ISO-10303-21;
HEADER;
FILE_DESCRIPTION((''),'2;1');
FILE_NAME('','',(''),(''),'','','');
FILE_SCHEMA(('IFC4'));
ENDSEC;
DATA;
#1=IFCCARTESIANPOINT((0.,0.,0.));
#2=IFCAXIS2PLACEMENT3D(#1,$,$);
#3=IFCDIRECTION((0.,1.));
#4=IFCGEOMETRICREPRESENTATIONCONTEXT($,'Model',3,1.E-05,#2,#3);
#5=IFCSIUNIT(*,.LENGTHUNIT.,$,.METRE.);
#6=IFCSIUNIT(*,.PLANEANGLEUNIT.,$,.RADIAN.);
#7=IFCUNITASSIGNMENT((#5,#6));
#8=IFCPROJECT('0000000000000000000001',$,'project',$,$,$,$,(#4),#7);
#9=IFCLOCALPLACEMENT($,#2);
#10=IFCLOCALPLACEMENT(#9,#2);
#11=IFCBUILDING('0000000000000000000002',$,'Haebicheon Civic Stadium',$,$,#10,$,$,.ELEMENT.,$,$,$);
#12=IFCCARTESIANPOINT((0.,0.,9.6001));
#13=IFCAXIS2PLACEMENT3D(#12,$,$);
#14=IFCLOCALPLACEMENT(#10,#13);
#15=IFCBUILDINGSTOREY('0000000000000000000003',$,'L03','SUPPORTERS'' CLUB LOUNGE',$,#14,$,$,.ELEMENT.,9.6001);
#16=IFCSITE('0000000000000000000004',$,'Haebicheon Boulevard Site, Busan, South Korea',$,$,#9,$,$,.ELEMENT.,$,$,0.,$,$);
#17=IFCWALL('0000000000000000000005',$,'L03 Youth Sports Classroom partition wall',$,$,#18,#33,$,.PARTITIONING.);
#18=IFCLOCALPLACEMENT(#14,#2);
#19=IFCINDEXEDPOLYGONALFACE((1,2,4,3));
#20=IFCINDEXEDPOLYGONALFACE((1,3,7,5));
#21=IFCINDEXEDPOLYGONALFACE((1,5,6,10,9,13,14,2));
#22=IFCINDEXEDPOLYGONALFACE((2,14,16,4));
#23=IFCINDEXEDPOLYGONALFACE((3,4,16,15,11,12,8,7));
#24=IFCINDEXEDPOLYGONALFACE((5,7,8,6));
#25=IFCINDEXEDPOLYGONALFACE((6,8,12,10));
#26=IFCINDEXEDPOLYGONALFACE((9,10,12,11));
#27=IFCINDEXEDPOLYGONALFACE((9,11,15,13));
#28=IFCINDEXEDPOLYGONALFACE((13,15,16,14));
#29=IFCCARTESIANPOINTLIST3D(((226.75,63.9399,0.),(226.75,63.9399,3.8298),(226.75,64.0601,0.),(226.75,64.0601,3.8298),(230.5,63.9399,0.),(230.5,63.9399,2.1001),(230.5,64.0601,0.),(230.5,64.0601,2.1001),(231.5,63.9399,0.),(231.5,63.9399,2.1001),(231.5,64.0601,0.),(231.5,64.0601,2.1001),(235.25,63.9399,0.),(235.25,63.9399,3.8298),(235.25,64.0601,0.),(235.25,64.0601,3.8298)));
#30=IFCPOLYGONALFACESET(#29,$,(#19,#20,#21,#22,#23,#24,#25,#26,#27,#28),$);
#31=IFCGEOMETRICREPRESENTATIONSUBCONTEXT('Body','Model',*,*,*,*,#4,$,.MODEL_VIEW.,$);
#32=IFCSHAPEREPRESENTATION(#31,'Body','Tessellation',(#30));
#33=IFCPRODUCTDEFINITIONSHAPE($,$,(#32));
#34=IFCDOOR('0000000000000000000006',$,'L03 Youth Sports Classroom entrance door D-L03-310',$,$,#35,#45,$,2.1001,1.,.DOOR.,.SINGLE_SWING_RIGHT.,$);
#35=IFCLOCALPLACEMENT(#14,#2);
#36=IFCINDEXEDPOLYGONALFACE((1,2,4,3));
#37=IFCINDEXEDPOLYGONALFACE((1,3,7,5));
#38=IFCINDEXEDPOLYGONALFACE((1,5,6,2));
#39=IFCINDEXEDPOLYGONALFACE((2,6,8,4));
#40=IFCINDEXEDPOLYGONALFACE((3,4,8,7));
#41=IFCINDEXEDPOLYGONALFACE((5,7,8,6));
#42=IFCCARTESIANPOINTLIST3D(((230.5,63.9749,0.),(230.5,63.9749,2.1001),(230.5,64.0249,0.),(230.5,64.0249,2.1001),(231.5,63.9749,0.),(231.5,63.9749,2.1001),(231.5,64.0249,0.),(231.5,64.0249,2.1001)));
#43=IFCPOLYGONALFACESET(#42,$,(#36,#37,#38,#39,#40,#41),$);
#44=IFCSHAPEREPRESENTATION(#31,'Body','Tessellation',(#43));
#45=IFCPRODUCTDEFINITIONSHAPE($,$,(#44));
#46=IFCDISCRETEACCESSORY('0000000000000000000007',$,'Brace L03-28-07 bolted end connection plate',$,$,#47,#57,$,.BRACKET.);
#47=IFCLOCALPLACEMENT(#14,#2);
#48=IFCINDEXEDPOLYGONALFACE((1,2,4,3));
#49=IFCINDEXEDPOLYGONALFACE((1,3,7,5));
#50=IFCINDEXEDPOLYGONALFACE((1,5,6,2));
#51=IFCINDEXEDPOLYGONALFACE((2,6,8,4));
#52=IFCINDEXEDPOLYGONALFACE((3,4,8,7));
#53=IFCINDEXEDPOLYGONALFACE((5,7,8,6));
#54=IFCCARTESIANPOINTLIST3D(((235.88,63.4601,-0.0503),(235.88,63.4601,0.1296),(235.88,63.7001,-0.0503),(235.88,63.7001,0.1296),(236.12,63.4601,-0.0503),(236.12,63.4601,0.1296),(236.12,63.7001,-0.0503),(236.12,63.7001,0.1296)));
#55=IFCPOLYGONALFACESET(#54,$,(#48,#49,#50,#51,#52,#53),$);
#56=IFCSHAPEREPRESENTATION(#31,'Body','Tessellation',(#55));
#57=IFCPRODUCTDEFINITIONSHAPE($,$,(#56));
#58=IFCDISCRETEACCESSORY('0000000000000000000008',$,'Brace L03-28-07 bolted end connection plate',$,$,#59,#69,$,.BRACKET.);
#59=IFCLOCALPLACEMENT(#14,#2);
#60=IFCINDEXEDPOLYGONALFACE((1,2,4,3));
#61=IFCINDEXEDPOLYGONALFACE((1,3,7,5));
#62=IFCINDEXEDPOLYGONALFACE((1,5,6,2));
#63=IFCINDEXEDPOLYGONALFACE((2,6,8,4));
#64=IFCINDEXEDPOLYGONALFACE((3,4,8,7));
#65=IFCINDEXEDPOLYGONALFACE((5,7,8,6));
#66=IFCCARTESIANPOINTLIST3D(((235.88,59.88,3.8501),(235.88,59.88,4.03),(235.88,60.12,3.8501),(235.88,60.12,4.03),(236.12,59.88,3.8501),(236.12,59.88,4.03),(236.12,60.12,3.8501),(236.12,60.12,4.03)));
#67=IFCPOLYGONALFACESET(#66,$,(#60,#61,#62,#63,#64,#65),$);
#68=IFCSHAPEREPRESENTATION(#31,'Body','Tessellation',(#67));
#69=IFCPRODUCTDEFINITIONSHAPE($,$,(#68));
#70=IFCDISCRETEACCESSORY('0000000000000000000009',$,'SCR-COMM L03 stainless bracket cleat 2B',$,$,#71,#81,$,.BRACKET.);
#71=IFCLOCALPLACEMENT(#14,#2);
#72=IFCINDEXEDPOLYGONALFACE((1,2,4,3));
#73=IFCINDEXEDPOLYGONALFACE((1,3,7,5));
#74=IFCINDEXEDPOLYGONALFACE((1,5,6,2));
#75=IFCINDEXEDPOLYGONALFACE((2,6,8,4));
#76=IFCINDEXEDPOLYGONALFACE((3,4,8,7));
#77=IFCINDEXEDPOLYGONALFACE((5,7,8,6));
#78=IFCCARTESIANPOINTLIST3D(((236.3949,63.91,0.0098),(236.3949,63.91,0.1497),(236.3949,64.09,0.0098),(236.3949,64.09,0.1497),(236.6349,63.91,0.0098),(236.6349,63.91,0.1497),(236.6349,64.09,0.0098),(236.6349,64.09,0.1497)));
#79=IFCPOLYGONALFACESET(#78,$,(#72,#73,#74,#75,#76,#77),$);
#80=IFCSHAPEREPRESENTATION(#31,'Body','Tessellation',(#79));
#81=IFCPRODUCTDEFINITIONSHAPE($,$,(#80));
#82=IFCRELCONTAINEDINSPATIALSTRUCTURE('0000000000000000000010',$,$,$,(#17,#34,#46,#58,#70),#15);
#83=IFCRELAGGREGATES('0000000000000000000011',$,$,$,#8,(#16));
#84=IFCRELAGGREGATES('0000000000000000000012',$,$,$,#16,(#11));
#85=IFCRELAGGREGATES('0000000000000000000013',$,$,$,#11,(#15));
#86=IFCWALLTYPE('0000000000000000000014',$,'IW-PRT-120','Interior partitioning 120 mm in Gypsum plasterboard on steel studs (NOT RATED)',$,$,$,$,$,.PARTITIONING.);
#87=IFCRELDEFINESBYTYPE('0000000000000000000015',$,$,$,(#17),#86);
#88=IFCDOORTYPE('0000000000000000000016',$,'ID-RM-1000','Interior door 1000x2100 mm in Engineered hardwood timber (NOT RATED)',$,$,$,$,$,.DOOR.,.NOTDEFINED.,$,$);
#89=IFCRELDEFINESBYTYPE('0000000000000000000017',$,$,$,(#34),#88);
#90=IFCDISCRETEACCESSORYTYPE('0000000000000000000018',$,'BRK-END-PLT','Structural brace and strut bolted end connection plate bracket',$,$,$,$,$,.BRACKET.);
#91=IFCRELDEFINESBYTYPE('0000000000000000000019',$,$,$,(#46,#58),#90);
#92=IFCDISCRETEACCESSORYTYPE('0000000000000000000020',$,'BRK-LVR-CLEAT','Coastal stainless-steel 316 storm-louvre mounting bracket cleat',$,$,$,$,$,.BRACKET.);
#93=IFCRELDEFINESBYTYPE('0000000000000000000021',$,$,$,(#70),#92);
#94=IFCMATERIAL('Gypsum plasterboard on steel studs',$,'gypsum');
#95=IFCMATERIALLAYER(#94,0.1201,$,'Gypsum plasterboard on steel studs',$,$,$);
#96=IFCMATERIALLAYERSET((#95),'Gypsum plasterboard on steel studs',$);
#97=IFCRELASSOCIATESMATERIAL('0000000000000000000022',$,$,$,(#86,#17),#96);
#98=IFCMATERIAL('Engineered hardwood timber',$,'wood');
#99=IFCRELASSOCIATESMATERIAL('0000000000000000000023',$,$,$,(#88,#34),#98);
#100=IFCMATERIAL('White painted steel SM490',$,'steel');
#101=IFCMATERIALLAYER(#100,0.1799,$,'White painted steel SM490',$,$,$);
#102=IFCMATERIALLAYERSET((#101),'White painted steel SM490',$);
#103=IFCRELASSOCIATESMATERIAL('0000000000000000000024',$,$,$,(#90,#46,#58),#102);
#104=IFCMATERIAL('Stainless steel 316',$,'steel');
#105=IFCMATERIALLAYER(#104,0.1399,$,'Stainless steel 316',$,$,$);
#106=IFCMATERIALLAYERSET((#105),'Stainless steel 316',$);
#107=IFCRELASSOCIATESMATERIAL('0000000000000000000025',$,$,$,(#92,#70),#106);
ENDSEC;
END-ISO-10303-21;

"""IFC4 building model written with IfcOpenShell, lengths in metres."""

from ifc_helpers import new_model, si_unit, direction, frame, frame_2d, origin, origin_2d, place, context, subcontext, project, spatial, rectangle, extrude, material, layer, layer_set, type_object, element, fill, save


model = new_model("IFC4")

# Units and contexts
model_context = context("Model", 3, precision=1e-05, world=origin(), true_north=direction((0.0, 1.0)))
body_context = subcontext(model_context, "Body", "Model", "MODEL_VIEW")
ifc_project = project(units=[si_unit("LENGTHUNIT", "METRE"), si_unit("PLANEANGLEUNIT", "RADIAN")], contexts=[model_context])

# Site, building, storey
site_placement = place(None, origin())
site = spatial("IfcSite", under=ifc_project, at=site_placement, Name="Haebicheon Boulevard Site, Busan, South Korea", CompositionType="ELEMENT", RefElevation=0.0)
building_placement = place(site_placement, origin())
building = spatial("IfcBuilding", under=site, at=building_placement, Name="Haebicheon Civic Stadium", CompositionType="ELEMENT")
storey_placement = place(building_placement, frame((0.0, 0.0, 9.6001)))
storey = spatial("IfcBuildingStorey", under=building, at=storey_placement, Name="L03", Description="SUPPORTERS' CLUB LOUNGE", CompositionType="ELEMENT", Elevation=9.6001)

# Wall, opening, door
ifc_material_1 = material(Name="Gypsum plasterboard on steel studs", Category="gypsum")
ifc_layer_1 = layer(ifc_material_1, 0.1201, Name="Gypsum plasterboard on steel studs")
ifc_layer_set_1 = layer_set([ifc_layer_1], Name="Gypsum plasterboard on steel studs")
wall_type_1 = type_object("IfcWallType", Name="IW-PRT-120", Description="Interior partitioning 120 mm in Gypsum plasterboard on steel studs (NOT RATED)", PredefinedType="PARTITIONING", material=ifc_layer_set_1)
wall_1_placement = place(storey_placement, frame((226.75, 64.0, 0.0), z_axis=(0.0, 0.0, 1.0), x_axis=(1.0, 0.0, 0.0)))
wall_1 = element("IfcWall", 1, at=wall_1_placement, inside=storey, type_object=wall_type_1, material=ifc_layer_set_1, Name="L03 Youth Sports Classroom partition wall", PredefinedType="PARTITIONING", context=body_context, shape_type="SweptSolid", body=[
    extrude(rectangle(XDim=8.5, YDim=0.1201, at=frame_2d((4.25, 0.0))), origin(), (0.0, 0.0, 1.0), 3.8298),
])
opening_placement = place(wall_1_placement, frame((3.75, 0.0, 0.0)))
opening = element("IfcOpeningElement", 2, at=opening_placement, cuts=wall_1, PredefinedType="OPENING", context=body_context, shape_type="SweptSolid", body=[
    extrude(rectangle(XDim=1.0, YDim=2.1001, at=frame_2d((0.5, 1.05))), frame((0.0, 0.0701, 0.0), z_axis=(0.0, -1.0, 0.0), x_axis=(1.0, 0.0, 0.0)), (0.0, 0.0, 1.0), 0.1401),
])
ifc_material_2 = material(Name="Engineered hardwood timber", Category="wood")
door_type = type_object("IfcDoorType", Name="ID-RM-1000", Description="Interior door 1000x2100 mm in Engineered hardwood timber (NOT RATED)", OperationType="NOTDEFINED", PredefinedType="DOOR", material=ifc_material_2)
door_placement = place(opening_placement, origin())
door = element("IfcDoor", 3, at=door_placement, inside=storey, type_object=door_type, material=ifc_material_2, Name="L03 Youth Sports Classroom entrance door D-L03-310", OperationType="SINGLE_SWING_RIGHT", OverallHeight=2.1001, OverallWidth=1.0, PredefinedType="DOOR", context=body_context, shape_type="SweptSolid", body=[
    extrude(rectangle(XDim=1.0, YDim=2.1001, at=frame_2d((0.5, 1.05))), frame((0.0, 0.0249, 0.0), z_axis=(0.0, -1.0, 0.0), x_axis=(1.0, 0.0, 0.0)), (0.0, 0.0, 1.0), 0.05),
])
fill(opening, door)

# Discrete accessories
ifc_material_3 = material(Name="White painted steel SM490", Category="steel")
ifc_layer_2 = layer(ifc_material_3, 0.1799, Name="White painted steel SM490")
ifc_layer_set_2 = layer_set([ifc_layer_2], Name="White painted steel SM490")
discrete_accessory_type_1 = type_object("IfcDiscreteAccessoryType", Name="BRK-END-PLT", Description="Structural brace and strut bolted end connection plate bracket", PredefinedType="BRACKET", material=ifc_layer_set_2)
for number, where, z_axis, x_axis, name in (
    (4, (236.0, 63.5801, -0.0503), (0.0, 0.0, 1.0), (1.0, 0.0, 0.0), "Brace L03-28-07 bolted end connection plate"),
    (5, (236.0, 60.0, 3.8501), (0.0, 0.0, 1.0), (1.0, 0.0, 0.0), "Brace L03-28-07 bolted end connection plate"),
):
    element("IfcDiscreteAccessory", number, at=place(storey_placement, frame(where, z_axis=z_axis, x_axis=x_axis)), inside=storey, type_object=discrete_accessory_type_1, material=ifc_layer_set_2, Name=name, PredefinedType="BRACKET", context=body_context, shape_type="SweptSolid", body=[
        extrude(rectangle(XDim=0.24, YDim=0.24, at=origin_2d()), origin(), (0.0, 0.0, 1.0), 0.1799),
    ])
ifc_material_4 = material(Name="Stainless steel 316", Category="steel")
ifc_layer_3 = layer(ifc_material_4, 0.1399, Name="Stainless steel 316")
ifc_layer_set_3 = layer_set([ifc_layer_3], Name="Stainless steel 316")
discrete_accessory_type_2 = type_object("IfcDiscreteAccessoryType", Name="BRK-LVR-CLEAT", Description="Coastal stainless-steel 316 storm-louvre mounting bracket cleat", PredefinedType="BRACKET", material=ifc_layer_set_3)
discrete_accessory_placement = place(storey_placement, frame((236.5149, 64.0, 0.0098), z_axis=(0.0, 0.0, 1.0), x_axis=(1.0, 0.0, 0.0)))
element("IfcDiscreteAccessory", 6, at=discrete_accessory_placement, inside=storey, type_object=discrete_accessory_type_2, material=ifc_layer_set_3, Name="SCR-COMM L03 stainless bracket cleat 2B", PredefinedType="BRACKET", context=body_context, shape_type="SweptSolid", body=[
    extrude(rectangle(XDim=0.24, YDim=0.1799, at=origin_2d()), origin(), (0.0, 0.0, 1.0), 0.1399),
])

save(model, "model.ifc")
